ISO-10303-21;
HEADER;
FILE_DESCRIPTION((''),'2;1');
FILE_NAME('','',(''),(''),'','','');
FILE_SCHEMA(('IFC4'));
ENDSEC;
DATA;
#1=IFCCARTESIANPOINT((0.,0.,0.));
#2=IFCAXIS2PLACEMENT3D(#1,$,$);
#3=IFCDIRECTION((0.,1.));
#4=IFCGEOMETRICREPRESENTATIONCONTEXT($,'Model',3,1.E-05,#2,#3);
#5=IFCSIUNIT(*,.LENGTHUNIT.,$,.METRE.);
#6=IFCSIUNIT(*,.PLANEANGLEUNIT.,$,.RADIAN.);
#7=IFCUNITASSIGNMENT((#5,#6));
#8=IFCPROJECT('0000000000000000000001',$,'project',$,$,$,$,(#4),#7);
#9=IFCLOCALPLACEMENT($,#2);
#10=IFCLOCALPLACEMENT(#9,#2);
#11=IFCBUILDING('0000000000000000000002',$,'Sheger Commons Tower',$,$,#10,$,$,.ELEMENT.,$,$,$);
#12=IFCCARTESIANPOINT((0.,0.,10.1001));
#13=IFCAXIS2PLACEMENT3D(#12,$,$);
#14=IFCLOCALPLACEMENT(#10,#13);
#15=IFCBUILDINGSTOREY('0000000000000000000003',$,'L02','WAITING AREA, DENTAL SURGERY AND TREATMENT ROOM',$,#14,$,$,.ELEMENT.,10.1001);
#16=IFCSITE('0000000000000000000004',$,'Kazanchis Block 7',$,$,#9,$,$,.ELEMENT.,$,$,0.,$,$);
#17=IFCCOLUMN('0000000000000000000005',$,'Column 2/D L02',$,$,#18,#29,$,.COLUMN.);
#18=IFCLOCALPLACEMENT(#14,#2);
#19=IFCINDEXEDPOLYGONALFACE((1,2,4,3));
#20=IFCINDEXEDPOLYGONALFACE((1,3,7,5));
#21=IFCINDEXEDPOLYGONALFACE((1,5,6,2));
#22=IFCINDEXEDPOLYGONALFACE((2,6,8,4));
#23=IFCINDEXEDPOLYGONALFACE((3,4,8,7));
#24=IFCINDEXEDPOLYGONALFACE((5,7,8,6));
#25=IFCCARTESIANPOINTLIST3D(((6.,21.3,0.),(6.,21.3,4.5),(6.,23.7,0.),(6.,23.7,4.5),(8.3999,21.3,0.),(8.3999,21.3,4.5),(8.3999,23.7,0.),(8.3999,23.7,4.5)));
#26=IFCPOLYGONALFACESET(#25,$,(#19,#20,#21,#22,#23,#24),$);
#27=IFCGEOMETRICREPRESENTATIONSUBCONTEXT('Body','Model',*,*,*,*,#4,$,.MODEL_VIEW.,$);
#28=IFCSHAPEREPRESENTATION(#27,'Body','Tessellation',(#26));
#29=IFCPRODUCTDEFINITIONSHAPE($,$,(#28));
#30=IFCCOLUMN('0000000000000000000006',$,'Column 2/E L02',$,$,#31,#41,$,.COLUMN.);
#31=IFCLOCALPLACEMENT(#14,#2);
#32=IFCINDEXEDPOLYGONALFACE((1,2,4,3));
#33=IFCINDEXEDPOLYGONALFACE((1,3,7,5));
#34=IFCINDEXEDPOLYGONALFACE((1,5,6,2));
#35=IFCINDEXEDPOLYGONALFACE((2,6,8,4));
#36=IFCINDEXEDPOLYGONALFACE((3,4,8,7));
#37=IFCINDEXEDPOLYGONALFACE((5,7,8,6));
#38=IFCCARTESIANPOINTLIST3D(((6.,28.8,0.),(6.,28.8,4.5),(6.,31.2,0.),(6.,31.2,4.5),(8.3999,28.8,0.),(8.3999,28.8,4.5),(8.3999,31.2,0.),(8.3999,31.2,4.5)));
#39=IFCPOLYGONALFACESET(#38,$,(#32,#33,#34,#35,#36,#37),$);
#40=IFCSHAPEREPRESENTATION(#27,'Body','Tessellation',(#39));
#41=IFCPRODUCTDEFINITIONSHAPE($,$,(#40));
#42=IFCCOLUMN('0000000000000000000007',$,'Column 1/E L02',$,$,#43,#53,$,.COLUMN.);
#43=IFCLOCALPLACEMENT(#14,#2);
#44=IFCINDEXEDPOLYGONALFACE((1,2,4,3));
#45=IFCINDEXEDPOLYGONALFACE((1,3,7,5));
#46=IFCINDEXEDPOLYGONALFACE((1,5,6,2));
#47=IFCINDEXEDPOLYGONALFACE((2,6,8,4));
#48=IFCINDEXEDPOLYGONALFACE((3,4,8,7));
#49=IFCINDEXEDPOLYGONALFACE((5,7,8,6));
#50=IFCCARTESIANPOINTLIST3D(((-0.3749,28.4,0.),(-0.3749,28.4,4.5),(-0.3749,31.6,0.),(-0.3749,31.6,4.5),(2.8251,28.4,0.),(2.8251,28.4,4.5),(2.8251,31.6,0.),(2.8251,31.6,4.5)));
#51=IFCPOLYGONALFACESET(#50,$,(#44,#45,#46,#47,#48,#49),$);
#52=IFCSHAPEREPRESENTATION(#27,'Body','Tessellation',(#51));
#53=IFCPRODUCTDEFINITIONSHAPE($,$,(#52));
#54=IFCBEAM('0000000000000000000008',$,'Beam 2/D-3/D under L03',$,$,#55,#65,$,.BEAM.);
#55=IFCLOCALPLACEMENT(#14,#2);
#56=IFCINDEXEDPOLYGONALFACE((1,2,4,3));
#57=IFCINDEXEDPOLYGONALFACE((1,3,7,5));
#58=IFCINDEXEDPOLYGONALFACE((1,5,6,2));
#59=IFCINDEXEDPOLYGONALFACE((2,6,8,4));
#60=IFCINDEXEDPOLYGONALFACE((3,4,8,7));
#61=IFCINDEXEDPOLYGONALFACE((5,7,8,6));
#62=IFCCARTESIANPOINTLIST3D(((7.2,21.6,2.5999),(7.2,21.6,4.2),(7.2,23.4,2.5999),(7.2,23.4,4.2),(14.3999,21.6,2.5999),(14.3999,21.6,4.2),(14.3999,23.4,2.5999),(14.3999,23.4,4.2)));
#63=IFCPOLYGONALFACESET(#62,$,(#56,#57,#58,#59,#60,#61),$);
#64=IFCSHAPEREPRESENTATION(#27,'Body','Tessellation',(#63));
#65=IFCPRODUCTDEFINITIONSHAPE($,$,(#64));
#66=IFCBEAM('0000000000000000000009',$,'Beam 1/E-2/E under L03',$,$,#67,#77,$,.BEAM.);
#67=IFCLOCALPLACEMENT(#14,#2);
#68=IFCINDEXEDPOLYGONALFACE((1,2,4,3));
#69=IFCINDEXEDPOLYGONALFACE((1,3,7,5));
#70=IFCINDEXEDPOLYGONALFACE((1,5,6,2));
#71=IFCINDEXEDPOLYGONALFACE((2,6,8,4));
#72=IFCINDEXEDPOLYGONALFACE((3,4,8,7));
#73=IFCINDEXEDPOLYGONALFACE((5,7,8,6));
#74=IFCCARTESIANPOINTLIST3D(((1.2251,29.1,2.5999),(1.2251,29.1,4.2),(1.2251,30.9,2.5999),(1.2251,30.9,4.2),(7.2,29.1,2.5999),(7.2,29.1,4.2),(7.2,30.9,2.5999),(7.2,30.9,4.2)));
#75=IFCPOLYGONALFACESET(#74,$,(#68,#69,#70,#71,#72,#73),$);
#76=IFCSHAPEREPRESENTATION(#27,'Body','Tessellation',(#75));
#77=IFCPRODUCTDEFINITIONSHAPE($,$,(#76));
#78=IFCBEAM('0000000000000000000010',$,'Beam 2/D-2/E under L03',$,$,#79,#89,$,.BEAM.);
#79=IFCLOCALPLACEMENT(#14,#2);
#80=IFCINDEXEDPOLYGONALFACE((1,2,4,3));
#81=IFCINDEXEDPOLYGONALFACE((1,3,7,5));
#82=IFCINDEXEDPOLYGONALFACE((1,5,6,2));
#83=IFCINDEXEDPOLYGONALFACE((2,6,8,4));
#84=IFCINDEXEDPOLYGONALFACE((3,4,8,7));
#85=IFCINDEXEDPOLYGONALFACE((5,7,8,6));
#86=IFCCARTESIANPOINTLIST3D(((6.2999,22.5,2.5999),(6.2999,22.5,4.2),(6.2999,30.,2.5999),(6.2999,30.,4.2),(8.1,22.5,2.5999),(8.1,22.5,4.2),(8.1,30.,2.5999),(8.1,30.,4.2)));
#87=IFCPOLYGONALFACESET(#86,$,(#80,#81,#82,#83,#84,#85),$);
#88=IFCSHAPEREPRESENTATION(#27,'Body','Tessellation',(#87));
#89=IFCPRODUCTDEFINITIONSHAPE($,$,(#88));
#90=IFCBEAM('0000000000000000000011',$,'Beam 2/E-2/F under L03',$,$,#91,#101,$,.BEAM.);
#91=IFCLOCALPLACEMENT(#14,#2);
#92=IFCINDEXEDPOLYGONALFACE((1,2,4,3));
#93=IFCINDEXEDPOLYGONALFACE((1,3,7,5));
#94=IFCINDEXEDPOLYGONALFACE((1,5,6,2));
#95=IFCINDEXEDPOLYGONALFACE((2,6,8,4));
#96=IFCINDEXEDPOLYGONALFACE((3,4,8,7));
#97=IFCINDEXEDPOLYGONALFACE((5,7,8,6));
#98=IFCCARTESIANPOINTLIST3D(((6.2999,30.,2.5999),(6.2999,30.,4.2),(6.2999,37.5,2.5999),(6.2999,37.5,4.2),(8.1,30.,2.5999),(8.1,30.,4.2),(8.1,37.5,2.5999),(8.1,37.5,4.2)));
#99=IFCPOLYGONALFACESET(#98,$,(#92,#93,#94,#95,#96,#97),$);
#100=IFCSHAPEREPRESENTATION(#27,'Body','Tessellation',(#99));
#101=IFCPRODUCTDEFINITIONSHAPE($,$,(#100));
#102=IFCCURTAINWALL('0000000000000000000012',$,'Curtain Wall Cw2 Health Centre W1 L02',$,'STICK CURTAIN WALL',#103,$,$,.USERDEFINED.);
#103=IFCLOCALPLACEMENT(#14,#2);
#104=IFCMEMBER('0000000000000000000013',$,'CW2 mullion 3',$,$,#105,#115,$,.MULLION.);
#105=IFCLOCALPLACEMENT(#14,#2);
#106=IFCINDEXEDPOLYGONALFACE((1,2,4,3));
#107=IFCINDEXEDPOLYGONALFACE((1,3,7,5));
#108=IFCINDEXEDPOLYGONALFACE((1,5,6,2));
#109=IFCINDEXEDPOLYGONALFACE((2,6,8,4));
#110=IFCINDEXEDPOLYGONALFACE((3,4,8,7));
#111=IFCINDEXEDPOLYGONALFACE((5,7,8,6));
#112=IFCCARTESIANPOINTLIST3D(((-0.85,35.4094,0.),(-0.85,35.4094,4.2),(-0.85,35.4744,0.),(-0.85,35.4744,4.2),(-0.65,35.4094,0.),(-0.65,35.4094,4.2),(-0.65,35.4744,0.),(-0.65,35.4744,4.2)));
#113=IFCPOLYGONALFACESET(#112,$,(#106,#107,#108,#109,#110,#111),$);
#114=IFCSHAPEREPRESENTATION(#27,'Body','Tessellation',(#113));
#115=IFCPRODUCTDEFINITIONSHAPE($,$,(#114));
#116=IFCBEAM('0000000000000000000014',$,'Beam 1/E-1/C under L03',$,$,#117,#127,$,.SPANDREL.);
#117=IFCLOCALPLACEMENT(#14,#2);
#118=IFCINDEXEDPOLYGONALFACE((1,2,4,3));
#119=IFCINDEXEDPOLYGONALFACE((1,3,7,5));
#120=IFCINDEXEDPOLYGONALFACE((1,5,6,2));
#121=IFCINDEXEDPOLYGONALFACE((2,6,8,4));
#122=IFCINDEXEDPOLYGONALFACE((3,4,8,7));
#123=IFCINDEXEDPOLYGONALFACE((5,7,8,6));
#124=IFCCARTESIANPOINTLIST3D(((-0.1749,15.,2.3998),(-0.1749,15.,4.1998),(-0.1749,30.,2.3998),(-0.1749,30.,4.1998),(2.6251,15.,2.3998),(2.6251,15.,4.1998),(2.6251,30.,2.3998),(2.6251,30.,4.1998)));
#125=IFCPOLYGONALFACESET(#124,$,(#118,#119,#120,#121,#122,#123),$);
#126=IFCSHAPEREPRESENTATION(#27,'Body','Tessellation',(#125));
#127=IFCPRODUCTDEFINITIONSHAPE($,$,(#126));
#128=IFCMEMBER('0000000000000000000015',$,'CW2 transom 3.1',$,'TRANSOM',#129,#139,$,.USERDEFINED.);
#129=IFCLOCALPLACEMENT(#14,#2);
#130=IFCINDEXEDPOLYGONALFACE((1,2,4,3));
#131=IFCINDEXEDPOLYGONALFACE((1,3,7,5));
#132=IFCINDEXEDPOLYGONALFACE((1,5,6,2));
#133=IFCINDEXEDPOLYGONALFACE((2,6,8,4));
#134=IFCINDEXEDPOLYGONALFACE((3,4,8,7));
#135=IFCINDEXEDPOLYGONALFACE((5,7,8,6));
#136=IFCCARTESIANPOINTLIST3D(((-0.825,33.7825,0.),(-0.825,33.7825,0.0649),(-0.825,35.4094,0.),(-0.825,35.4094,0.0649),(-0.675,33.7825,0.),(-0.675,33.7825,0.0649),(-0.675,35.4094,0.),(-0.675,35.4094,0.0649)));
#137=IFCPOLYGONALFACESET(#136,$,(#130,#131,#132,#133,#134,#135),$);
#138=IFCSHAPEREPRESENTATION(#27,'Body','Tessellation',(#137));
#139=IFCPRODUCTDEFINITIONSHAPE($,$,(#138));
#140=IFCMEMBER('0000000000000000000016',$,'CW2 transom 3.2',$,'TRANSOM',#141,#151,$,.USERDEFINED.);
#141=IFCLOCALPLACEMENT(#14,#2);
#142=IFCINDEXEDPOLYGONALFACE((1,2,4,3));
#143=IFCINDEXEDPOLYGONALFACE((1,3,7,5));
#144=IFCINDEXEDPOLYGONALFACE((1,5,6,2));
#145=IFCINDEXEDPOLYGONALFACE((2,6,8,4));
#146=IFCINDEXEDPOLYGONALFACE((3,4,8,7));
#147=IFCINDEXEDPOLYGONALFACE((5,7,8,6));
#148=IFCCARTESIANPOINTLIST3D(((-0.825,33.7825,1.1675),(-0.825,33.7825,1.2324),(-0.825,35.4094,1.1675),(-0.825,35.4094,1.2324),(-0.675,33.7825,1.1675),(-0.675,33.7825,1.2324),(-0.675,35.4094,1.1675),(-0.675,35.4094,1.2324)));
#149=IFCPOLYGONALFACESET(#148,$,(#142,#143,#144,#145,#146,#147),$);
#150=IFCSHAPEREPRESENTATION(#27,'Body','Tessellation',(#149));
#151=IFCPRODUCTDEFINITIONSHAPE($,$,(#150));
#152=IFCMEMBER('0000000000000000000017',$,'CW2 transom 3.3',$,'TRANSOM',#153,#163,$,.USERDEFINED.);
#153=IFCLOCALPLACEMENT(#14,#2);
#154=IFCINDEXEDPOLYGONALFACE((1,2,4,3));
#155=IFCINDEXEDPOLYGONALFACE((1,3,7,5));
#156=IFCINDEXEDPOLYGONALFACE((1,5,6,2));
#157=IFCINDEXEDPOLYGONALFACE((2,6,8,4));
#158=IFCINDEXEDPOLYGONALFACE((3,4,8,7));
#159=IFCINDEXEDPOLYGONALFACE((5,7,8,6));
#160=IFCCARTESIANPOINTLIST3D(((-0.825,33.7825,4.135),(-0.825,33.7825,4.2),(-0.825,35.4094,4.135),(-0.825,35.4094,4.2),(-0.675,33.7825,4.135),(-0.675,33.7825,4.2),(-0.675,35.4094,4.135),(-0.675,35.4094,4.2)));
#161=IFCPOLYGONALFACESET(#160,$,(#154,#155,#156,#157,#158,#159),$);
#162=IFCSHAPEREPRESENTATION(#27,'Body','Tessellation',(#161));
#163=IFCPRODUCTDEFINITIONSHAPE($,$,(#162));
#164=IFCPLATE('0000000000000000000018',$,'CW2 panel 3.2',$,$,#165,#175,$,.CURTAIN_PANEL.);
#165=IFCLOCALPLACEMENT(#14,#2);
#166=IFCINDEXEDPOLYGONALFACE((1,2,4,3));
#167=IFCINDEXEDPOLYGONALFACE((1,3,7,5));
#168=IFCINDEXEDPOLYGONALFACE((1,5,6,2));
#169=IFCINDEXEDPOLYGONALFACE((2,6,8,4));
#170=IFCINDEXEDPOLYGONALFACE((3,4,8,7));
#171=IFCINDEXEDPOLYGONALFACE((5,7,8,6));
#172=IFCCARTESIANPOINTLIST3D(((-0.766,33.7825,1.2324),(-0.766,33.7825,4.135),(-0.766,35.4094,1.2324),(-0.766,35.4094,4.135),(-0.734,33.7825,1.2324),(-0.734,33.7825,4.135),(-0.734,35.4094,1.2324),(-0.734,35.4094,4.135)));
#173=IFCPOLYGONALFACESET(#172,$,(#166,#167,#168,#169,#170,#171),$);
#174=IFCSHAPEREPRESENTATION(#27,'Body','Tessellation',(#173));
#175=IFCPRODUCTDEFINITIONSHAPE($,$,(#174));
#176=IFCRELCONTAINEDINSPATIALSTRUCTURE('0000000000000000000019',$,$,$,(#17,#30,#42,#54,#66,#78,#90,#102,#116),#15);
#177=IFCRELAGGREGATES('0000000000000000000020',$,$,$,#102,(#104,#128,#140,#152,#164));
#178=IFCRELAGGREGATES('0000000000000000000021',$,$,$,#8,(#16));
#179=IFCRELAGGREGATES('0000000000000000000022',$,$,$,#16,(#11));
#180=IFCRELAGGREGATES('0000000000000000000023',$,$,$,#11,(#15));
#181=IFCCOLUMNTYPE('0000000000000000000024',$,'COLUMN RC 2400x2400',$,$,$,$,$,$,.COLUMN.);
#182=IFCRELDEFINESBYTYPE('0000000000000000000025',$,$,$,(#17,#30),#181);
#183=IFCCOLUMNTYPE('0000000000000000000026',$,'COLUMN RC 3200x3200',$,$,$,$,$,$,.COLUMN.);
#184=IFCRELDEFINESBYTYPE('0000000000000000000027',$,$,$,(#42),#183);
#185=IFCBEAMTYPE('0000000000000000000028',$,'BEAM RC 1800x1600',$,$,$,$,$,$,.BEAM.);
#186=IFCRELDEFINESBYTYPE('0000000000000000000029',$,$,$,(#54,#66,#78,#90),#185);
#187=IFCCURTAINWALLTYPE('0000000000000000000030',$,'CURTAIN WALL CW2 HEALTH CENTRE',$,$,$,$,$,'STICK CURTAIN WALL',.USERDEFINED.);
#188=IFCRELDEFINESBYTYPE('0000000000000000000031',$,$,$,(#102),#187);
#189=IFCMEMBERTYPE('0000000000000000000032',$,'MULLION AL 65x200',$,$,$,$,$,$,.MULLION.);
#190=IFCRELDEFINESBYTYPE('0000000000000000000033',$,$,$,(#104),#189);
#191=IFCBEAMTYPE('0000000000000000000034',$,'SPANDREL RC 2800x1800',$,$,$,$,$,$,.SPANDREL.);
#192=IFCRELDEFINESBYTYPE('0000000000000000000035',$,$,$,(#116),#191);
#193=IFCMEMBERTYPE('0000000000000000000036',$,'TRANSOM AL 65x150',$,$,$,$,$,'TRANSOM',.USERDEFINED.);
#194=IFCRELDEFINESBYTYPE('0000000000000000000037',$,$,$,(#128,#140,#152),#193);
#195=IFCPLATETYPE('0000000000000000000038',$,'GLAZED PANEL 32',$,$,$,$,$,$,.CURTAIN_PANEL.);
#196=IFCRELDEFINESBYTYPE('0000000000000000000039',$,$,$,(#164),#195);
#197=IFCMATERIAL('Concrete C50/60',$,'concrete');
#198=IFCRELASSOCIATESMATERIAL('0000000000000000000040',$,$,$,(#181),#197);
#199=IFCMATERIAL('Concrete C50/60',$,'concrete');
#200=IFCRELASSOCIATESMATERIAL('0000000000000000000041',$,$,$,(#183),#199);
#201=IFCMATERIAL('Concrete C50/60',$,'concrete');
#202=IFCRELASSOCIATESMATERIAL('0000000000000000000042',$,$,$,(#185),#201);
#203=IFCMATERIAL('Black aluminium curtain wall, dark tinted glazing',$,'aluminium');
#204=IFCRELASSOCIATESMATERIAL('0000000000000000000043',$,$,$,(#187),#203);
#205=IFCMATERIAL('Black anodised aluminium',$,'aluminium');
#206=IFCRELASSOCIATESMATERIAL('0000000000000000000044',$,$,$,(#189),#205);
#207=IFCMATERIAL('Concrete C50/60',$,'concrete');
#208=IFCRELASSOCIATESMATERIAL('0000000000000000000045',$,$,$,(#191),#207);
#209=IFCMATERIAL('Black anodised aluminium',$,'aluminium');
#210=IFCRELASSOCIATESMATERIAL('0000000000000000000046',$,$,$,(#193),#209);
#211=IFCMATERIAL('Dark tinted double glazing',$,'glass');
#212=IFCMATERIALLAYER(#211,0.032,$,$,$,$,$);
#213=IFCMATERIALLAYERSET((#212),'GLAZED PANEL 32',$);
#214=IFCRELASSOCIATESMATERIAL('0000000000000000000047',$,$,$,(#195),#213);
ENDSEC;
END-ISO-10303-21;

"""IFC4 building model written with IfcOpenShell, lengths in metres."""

from ifc_helpers import new_model, si_unit, direction, frame, origin, origin_2d, place, context, subcontext, project, spatial, rectangle, extrude, material, layer, layer_set, material_profile, profile_set, type_object, element, aggregate, save


model = new_model("IFC4")

# Units and contexts
model_context = context("Model", 3, precision=1e-05, world=origin(), true_north=direction((0.0, 1.0)))
body_context = subcontext(model_context, "Body", "Model", "MODEL_VIEW")
ifc_project = project(units=[si_unit("LENGTHUNIT", "METRE"), si_unit("PLANEANGLEUNIT", "RADIAN")], contexts=[model_context])

# Site, building, storey
site_placement = place(None, origin())
site = spatial("IfcSite", under=ifc_project, at=site_placement, Name="Kazanchis Block 7", CompositionType="ELEMENT", RefElevation=0.0)
building_placement = place(site_placement, origin())
building = spatial("IfcBuilding", under=site, at=building_placement, Name="Sheger Commons Tower", CompositionType="ELEMENT")
storey_placement = place(building_placement, frame((0.0, 0.0, 10.1001)))
storey = spatial("IfcBuildingStorey", under=building, at=storey_placement, Name="L02", Description="WAITING AREA, DENTAL SURGERY AND TREATMENT ROOM", CompositionType="ELEMENT", Elevation=10.1001)

# Columns
ifc_material_1 = material(Name="Concrete C50/60", Category="concrete")
ifc_material_profile_1 = material_profile(ifc_material_1, rectangle(XDim=2.3999, YDim=2.3999, at=origin_2d()), Name="RC 2400x2400")
ifc_profile_set_1 = profile_set([ifc_material_profile_1], Name="Concrete C50/60")
column_type_1 = type_object("IfcColumnType", Name="COLUMN RC 2400x2400", PredefinedType="COLUMN", material=ifc_profile_set_1)
for number, where, z_axis, x_axis, name in (
    (1, (7.2, 22.5, 0.0), (0.0, 0.0, 1.0), (1.0, 0.0, 0.0), "Column 2/D L02"),
    (2, (7.2, 30.0, 0.0), (0.0, 0.0, 1.0), (1.0, 0.0, 0.0), "Column 2/E L02"),
):
    element("IfcColumn", number, at=place(storey_placement, frame(where, z_axis=z_axis, x_axis=x_axis)), inside=storey, type_object=column_type_1, Name=name, PredefinedType="COLUMN", context=body_context, shape_type="SweptSolid", body=[
        extrude(rectangle(XDim=2.3999, YDim=2.3999, at=origin_2d()), origin(), (0.0, 0.0, 1.0), 4.5),
    ])
ifc_material_2 = material(Name="Concrete C50/60", Category="concrete")
ifc_material_profile_2 = material_profile(ifc_material_2, rectangle(XDim=3.2, YDim=3.2, at=origin_2d()), Name="RC 3200x3200")
ifc_profile_set_2 = profile_set([ifc_material_profile_2], Name="Concrete C50/60")
column_type_2 = type_object("IfcColumnType", Name="COLUMN RC 3200x3200", PredefinedType="COLUMN", material=ifc_profile_set_2)
column_placement = place(storey_placement, frame((1.2251, 30.0, 0.0), z_axis=(0.0, 0.0, 1.0), x_axis=(1.0, 0.0, 0.0)))
element("IfcColumn", 3, at=column_placement, inside=storey, type_object=column_type_2, Name="Column 1/E L02", PredefinedType="COLUMN", context=body_context, shape_type="SweptSolid", body=[
    extrude(rectangle(XDim=3.2, YDim=3.2, at=origin_2d()), origin(), (0.0, 0.0, 1.0), 4.5),
])

# Beams
ifc_material_3 = material(Name="Concrete C50/60", Category="concrete")
ifc_material_profile_3 = material_profile(ifc_material_3, rectangle(XDim=1.8, YDim=1.6001, at=origin_2d()), Name="RC 1800x1600")
ifc_profile_set_3 = profile_set([ifc_material_profile_3], Name="Concrete C50/60")
beam_type_1 = type_object("IfcBeamType", Name="BEAM RC 1800x1600", PredefinedType="BEAM", material=ifc_profile_set_3)
beam_1_placement = place(storey_placement, frame((7.2, 22.5, 3.3999), z_axis=(1.0, 0.0, 0.0), x_axis=(0.0, 1.0, 0.0)))
element("IfcBeam", 4, at=beam_1_placement, inside=storey, type_object=beam_type_1, Name="Beam 2/D-3/D under L03", PredefinedType="BEAM", context=body_context, shape_type="SweptSolid", body=[
    extrude(rectangle(XDim=1.8, YDim=1.6001, at=origin_2d()), origin(), (0.0, 0.0, 1.0), 7.2),
])
beam_2_placement = place(storey_placement, frame((1.2251, 30.0, 3.3999), z_axis=(1.0, 0.0, 0.0), x_axis=(0.0, 1.0, 0.0)))
element("IfcBeam", 5, at=beam_2_placement, inside=storey, type_object=beam_type_1, Name="Beam 1/E-2/E under L03", PredefinedType="BEAM", context=body_context, shape_type="SweptSolid", body=[
    extrude(rectangle(XDim=1.8, YDim=1.6001, at=origin_2d()), origin(), (0.0, 0.0, 1.0), 5.9749),
])
for number, where, z_axis, x_axis, name in (
    (6, (7.2, 22.5, 3.3999), (0.0, 1.0, 0.0), (-1.0, 0.0, 0.0), "Beam 2/D-2/E under L03"),
    (7, (7.2, 30.0, 3.3999), (0.0, 1.0, 0.0), (-1.0, 0.0, 0.0), "Beam 2/E-2/F under L03"),
):
    element("IfcBeam", number, at=place(storey_placement, frame(where, z_axis=z_axis, x_axis=x_axis)), inside=storey, type_object=beam_type_1, Name=name, PredefinedType="BEAM", context=body_context, shape_type="SweptSolid", body=[
        extrude(rectangle(XDim=1.8, YDim=1.6001, at=origin_2d()), origin(), (0.0, 0.0, 1.0), 7.5),
    ])

# Curtain wall, member
ifc_material_4 = material(Name="Black aluminium curtain wall, dark tinted glazing", Category="aluminium")
curtain_wall_type = type_object("IfcCurtainWallType", Name="CURTAIN WALL CW2 HEALTH CENTRE", ElementType="STICK CURTAIN WALL", PredefinedType="USERDEFINED", material=ifc_material_4)
curtain_wall_placement = place(storey_placement, origin())
curtain_wall = element("IfcCurtainWall", 8, at=curtain_wall_placement, inside=storey, type_object=curtain_wall_type, Name="Curtain Wall Cw2 Health Centre W1 L02", ObjectType="STICK CURTAIN WALL", PredefinedType="USERDEFINED")
ifc_material_5 = material(Name="Black anodised aluminium", Category="aluminium")
ifc_material_profile_4 = material_profile(ifc_material_5, rectangle(XDim=0.2, YDim=0.0649, at=origin_2d()), Name="AL 65x200")
ifc_profile_set_4 = profile_set([ifc_material_profile_4], Name="Black anodised aluminium")
member_type_1 = type_object("IfcMemberType", Name="MULLION AL 65x200", PredefinedType="MULLION", material=ifc_profile_set_4)
member_1_placement = place(storey_placement, frame((-0.75, 35.4419, 0.0), z_axis=(0.0, 0.0, 1.0), x_axis=(1.0, 0.0, 0.0)))
member_1 = element("IfcMember", 9, at=member_1_placement, type_object=member_type_1, Name="CW2 mullion 3", PredefinedType="MULLION", context=body_context, shape_type="SweptSolid", body=[
    extrude(rectangle(XDim=0.2, YDim=0.0649, at=origin_2d()), origin(), (0.0, 0.0, 1.0), 4.2),
])

# Beam
ifc_material_6 = material(Name="Concrete C50/60", Category="concrete")
ifc_material_profile_5 = material_profile(ifc_material_6, rectangle(XDim=2.8, YDim=1.8, at=origin_2d()), Name="RC 2800x1800")
ifc_profile_set_5 = profile_set([ifc_material_profile_5], Name="Concrete C50/60")
beam_type_2 = type_object("IfcBeamType", Name="SPANDREL RC 2800x1800", PredefinedType="SPANDREL", material=ifc_profile_set_5)
beam_3_placement = place(storey_placement, frame((1.2251, 30.0, 3.2998), z_axis=(0.0, -1.0, 0.0), x_axis=(1.0, 0.0, 0.0)))
element("IfcBeam", 10, at=beam_3_placement, inside=storey, type_object=beam_type_2, Name="Beam 1/E-1/C under L03", PredefinedType="SPANDREL", context=body_context, shape_type="SweptSolid", body=[
    extrude(rectangle(XDim=2.8, YDim=1.8, at=origin_2d()), origin(), (0.0, 0.0, 1.0), 15.0),
])

# Members
ifc_material_7 = material(Name="Black anodised aluminium", Category="aluminium")
ifc_material_profile_6 = material_profile(ifc_material_7, rectangle(XDim=0.1499, YDim=0.0649, at=origin_2d()), Name="AL 65x150")
ifc_profile_set_6 = profile_set([ifc_material_profile_6], Name="Black anodised aluminium")
member_type_2 = type_object("IfcMemberType", Name="TRANSOM AL 65x150", ElementType="TRANSOM", PredefinedType="USERDEFINED", material=ifc_profile_set_6)
member_2_placement = place(storey_placement, frame((-0.75, 35.4094, 0.0325), z_axis=(0.0, -1.0, 0.0), x_axis=(1.0, 0.0, 0.0)))
member_2 = element("IfcMember", 11, at=member_2_placement, type_object=member_type_2, Name="CW2 transom 3.1", ObjectType="TRANSOM", PredefinedType="USERDEFINED", context=body_context, shape_type="SweptSolid", body=[
    extrude(rectangle(XDim=0.1499, YDim=0.0649, at=origin_2d()), origin(), (0.0, 0.0, 1.0), 1.627),
])
member_3_placement = place(storey_placement, frame((-0.75, 35.4094, 1.2), z_axis=(0.0, -1.0, 0.0), x_axis=(1.0, 0.0, 0.0)))
member_3 = element("IfcMember", 12, at=member_3_placement, type_object=member_type_2, Name="CW2 transom 3.2", ObjectType="TRANSOM", PredefinedType="USERDEFINED", context=body_context, shape_type="SweptSolid", body=[
    extrude(rectangle(XDim=0.1499, YDim=0.0649, at=origin_2d()), origin(), (0.0, 0.0, 1.0), 1.627),
])
member_4_placement = place(storey_placement, frame((-0.75, 35.4094, 4.1675), z_axis=(0.0, -1.0, 0.0), x_axis=(1.0, 0.0, 0.0)))
member_4 = element("IfcMember", 13, at=member_4_placement, type_object=member_type_2, Name="CW2 transom 3.3", ObjectType="TRANSOM", PredefinedType="USERDEFINED", context=body_context, shape_type="SweptSolid", body=[
    extrude(rectangle(XDim=0.1499, YDim=0.0649, at=origin_2d()), origin(), (0.0, 0.0, 1.0), 1.627),
])

# Plate
ifc_material_8 = material(Name="Dark tinted double glazing", Category="glass")
ifc_layer_1 = layer(ifc_material_8, 0.032)
ifc_layer_set_1 = layer_set([ifc_layer_1], Name="GLAZED PANEL 32")
plate_type = type_object("IfcPlateType", Name="GLAZED PANEL 32", PredefinedType="CURTAIN_PANEL", material=ifc_layer_set_1)
plate_placement = place(storey_placement, frame((-0.75, 34.5959, 1.2324), z_axis=(0.0, 0.0, 1.0), x_axis=(0.0, -1.0, 0.0)))
plate = element("IfcPlate", 14, at=plate_placement, type_object=plate_type, Name="CW2 panel 3.2", PredefinedType="CURTAIN_PANEL", context=body_context, shape_type="SweptSolid", body=[
    extrude(rectangle(XDim=1.627, YDim=0.032, at=origin_2d()), origin(), (0.0, 0.0, 1.0), 2.9026),
])
aggregate(curtain_wall, [member_1, member_2, member_3, member_4, plate])

save(model, "model.ifc")
